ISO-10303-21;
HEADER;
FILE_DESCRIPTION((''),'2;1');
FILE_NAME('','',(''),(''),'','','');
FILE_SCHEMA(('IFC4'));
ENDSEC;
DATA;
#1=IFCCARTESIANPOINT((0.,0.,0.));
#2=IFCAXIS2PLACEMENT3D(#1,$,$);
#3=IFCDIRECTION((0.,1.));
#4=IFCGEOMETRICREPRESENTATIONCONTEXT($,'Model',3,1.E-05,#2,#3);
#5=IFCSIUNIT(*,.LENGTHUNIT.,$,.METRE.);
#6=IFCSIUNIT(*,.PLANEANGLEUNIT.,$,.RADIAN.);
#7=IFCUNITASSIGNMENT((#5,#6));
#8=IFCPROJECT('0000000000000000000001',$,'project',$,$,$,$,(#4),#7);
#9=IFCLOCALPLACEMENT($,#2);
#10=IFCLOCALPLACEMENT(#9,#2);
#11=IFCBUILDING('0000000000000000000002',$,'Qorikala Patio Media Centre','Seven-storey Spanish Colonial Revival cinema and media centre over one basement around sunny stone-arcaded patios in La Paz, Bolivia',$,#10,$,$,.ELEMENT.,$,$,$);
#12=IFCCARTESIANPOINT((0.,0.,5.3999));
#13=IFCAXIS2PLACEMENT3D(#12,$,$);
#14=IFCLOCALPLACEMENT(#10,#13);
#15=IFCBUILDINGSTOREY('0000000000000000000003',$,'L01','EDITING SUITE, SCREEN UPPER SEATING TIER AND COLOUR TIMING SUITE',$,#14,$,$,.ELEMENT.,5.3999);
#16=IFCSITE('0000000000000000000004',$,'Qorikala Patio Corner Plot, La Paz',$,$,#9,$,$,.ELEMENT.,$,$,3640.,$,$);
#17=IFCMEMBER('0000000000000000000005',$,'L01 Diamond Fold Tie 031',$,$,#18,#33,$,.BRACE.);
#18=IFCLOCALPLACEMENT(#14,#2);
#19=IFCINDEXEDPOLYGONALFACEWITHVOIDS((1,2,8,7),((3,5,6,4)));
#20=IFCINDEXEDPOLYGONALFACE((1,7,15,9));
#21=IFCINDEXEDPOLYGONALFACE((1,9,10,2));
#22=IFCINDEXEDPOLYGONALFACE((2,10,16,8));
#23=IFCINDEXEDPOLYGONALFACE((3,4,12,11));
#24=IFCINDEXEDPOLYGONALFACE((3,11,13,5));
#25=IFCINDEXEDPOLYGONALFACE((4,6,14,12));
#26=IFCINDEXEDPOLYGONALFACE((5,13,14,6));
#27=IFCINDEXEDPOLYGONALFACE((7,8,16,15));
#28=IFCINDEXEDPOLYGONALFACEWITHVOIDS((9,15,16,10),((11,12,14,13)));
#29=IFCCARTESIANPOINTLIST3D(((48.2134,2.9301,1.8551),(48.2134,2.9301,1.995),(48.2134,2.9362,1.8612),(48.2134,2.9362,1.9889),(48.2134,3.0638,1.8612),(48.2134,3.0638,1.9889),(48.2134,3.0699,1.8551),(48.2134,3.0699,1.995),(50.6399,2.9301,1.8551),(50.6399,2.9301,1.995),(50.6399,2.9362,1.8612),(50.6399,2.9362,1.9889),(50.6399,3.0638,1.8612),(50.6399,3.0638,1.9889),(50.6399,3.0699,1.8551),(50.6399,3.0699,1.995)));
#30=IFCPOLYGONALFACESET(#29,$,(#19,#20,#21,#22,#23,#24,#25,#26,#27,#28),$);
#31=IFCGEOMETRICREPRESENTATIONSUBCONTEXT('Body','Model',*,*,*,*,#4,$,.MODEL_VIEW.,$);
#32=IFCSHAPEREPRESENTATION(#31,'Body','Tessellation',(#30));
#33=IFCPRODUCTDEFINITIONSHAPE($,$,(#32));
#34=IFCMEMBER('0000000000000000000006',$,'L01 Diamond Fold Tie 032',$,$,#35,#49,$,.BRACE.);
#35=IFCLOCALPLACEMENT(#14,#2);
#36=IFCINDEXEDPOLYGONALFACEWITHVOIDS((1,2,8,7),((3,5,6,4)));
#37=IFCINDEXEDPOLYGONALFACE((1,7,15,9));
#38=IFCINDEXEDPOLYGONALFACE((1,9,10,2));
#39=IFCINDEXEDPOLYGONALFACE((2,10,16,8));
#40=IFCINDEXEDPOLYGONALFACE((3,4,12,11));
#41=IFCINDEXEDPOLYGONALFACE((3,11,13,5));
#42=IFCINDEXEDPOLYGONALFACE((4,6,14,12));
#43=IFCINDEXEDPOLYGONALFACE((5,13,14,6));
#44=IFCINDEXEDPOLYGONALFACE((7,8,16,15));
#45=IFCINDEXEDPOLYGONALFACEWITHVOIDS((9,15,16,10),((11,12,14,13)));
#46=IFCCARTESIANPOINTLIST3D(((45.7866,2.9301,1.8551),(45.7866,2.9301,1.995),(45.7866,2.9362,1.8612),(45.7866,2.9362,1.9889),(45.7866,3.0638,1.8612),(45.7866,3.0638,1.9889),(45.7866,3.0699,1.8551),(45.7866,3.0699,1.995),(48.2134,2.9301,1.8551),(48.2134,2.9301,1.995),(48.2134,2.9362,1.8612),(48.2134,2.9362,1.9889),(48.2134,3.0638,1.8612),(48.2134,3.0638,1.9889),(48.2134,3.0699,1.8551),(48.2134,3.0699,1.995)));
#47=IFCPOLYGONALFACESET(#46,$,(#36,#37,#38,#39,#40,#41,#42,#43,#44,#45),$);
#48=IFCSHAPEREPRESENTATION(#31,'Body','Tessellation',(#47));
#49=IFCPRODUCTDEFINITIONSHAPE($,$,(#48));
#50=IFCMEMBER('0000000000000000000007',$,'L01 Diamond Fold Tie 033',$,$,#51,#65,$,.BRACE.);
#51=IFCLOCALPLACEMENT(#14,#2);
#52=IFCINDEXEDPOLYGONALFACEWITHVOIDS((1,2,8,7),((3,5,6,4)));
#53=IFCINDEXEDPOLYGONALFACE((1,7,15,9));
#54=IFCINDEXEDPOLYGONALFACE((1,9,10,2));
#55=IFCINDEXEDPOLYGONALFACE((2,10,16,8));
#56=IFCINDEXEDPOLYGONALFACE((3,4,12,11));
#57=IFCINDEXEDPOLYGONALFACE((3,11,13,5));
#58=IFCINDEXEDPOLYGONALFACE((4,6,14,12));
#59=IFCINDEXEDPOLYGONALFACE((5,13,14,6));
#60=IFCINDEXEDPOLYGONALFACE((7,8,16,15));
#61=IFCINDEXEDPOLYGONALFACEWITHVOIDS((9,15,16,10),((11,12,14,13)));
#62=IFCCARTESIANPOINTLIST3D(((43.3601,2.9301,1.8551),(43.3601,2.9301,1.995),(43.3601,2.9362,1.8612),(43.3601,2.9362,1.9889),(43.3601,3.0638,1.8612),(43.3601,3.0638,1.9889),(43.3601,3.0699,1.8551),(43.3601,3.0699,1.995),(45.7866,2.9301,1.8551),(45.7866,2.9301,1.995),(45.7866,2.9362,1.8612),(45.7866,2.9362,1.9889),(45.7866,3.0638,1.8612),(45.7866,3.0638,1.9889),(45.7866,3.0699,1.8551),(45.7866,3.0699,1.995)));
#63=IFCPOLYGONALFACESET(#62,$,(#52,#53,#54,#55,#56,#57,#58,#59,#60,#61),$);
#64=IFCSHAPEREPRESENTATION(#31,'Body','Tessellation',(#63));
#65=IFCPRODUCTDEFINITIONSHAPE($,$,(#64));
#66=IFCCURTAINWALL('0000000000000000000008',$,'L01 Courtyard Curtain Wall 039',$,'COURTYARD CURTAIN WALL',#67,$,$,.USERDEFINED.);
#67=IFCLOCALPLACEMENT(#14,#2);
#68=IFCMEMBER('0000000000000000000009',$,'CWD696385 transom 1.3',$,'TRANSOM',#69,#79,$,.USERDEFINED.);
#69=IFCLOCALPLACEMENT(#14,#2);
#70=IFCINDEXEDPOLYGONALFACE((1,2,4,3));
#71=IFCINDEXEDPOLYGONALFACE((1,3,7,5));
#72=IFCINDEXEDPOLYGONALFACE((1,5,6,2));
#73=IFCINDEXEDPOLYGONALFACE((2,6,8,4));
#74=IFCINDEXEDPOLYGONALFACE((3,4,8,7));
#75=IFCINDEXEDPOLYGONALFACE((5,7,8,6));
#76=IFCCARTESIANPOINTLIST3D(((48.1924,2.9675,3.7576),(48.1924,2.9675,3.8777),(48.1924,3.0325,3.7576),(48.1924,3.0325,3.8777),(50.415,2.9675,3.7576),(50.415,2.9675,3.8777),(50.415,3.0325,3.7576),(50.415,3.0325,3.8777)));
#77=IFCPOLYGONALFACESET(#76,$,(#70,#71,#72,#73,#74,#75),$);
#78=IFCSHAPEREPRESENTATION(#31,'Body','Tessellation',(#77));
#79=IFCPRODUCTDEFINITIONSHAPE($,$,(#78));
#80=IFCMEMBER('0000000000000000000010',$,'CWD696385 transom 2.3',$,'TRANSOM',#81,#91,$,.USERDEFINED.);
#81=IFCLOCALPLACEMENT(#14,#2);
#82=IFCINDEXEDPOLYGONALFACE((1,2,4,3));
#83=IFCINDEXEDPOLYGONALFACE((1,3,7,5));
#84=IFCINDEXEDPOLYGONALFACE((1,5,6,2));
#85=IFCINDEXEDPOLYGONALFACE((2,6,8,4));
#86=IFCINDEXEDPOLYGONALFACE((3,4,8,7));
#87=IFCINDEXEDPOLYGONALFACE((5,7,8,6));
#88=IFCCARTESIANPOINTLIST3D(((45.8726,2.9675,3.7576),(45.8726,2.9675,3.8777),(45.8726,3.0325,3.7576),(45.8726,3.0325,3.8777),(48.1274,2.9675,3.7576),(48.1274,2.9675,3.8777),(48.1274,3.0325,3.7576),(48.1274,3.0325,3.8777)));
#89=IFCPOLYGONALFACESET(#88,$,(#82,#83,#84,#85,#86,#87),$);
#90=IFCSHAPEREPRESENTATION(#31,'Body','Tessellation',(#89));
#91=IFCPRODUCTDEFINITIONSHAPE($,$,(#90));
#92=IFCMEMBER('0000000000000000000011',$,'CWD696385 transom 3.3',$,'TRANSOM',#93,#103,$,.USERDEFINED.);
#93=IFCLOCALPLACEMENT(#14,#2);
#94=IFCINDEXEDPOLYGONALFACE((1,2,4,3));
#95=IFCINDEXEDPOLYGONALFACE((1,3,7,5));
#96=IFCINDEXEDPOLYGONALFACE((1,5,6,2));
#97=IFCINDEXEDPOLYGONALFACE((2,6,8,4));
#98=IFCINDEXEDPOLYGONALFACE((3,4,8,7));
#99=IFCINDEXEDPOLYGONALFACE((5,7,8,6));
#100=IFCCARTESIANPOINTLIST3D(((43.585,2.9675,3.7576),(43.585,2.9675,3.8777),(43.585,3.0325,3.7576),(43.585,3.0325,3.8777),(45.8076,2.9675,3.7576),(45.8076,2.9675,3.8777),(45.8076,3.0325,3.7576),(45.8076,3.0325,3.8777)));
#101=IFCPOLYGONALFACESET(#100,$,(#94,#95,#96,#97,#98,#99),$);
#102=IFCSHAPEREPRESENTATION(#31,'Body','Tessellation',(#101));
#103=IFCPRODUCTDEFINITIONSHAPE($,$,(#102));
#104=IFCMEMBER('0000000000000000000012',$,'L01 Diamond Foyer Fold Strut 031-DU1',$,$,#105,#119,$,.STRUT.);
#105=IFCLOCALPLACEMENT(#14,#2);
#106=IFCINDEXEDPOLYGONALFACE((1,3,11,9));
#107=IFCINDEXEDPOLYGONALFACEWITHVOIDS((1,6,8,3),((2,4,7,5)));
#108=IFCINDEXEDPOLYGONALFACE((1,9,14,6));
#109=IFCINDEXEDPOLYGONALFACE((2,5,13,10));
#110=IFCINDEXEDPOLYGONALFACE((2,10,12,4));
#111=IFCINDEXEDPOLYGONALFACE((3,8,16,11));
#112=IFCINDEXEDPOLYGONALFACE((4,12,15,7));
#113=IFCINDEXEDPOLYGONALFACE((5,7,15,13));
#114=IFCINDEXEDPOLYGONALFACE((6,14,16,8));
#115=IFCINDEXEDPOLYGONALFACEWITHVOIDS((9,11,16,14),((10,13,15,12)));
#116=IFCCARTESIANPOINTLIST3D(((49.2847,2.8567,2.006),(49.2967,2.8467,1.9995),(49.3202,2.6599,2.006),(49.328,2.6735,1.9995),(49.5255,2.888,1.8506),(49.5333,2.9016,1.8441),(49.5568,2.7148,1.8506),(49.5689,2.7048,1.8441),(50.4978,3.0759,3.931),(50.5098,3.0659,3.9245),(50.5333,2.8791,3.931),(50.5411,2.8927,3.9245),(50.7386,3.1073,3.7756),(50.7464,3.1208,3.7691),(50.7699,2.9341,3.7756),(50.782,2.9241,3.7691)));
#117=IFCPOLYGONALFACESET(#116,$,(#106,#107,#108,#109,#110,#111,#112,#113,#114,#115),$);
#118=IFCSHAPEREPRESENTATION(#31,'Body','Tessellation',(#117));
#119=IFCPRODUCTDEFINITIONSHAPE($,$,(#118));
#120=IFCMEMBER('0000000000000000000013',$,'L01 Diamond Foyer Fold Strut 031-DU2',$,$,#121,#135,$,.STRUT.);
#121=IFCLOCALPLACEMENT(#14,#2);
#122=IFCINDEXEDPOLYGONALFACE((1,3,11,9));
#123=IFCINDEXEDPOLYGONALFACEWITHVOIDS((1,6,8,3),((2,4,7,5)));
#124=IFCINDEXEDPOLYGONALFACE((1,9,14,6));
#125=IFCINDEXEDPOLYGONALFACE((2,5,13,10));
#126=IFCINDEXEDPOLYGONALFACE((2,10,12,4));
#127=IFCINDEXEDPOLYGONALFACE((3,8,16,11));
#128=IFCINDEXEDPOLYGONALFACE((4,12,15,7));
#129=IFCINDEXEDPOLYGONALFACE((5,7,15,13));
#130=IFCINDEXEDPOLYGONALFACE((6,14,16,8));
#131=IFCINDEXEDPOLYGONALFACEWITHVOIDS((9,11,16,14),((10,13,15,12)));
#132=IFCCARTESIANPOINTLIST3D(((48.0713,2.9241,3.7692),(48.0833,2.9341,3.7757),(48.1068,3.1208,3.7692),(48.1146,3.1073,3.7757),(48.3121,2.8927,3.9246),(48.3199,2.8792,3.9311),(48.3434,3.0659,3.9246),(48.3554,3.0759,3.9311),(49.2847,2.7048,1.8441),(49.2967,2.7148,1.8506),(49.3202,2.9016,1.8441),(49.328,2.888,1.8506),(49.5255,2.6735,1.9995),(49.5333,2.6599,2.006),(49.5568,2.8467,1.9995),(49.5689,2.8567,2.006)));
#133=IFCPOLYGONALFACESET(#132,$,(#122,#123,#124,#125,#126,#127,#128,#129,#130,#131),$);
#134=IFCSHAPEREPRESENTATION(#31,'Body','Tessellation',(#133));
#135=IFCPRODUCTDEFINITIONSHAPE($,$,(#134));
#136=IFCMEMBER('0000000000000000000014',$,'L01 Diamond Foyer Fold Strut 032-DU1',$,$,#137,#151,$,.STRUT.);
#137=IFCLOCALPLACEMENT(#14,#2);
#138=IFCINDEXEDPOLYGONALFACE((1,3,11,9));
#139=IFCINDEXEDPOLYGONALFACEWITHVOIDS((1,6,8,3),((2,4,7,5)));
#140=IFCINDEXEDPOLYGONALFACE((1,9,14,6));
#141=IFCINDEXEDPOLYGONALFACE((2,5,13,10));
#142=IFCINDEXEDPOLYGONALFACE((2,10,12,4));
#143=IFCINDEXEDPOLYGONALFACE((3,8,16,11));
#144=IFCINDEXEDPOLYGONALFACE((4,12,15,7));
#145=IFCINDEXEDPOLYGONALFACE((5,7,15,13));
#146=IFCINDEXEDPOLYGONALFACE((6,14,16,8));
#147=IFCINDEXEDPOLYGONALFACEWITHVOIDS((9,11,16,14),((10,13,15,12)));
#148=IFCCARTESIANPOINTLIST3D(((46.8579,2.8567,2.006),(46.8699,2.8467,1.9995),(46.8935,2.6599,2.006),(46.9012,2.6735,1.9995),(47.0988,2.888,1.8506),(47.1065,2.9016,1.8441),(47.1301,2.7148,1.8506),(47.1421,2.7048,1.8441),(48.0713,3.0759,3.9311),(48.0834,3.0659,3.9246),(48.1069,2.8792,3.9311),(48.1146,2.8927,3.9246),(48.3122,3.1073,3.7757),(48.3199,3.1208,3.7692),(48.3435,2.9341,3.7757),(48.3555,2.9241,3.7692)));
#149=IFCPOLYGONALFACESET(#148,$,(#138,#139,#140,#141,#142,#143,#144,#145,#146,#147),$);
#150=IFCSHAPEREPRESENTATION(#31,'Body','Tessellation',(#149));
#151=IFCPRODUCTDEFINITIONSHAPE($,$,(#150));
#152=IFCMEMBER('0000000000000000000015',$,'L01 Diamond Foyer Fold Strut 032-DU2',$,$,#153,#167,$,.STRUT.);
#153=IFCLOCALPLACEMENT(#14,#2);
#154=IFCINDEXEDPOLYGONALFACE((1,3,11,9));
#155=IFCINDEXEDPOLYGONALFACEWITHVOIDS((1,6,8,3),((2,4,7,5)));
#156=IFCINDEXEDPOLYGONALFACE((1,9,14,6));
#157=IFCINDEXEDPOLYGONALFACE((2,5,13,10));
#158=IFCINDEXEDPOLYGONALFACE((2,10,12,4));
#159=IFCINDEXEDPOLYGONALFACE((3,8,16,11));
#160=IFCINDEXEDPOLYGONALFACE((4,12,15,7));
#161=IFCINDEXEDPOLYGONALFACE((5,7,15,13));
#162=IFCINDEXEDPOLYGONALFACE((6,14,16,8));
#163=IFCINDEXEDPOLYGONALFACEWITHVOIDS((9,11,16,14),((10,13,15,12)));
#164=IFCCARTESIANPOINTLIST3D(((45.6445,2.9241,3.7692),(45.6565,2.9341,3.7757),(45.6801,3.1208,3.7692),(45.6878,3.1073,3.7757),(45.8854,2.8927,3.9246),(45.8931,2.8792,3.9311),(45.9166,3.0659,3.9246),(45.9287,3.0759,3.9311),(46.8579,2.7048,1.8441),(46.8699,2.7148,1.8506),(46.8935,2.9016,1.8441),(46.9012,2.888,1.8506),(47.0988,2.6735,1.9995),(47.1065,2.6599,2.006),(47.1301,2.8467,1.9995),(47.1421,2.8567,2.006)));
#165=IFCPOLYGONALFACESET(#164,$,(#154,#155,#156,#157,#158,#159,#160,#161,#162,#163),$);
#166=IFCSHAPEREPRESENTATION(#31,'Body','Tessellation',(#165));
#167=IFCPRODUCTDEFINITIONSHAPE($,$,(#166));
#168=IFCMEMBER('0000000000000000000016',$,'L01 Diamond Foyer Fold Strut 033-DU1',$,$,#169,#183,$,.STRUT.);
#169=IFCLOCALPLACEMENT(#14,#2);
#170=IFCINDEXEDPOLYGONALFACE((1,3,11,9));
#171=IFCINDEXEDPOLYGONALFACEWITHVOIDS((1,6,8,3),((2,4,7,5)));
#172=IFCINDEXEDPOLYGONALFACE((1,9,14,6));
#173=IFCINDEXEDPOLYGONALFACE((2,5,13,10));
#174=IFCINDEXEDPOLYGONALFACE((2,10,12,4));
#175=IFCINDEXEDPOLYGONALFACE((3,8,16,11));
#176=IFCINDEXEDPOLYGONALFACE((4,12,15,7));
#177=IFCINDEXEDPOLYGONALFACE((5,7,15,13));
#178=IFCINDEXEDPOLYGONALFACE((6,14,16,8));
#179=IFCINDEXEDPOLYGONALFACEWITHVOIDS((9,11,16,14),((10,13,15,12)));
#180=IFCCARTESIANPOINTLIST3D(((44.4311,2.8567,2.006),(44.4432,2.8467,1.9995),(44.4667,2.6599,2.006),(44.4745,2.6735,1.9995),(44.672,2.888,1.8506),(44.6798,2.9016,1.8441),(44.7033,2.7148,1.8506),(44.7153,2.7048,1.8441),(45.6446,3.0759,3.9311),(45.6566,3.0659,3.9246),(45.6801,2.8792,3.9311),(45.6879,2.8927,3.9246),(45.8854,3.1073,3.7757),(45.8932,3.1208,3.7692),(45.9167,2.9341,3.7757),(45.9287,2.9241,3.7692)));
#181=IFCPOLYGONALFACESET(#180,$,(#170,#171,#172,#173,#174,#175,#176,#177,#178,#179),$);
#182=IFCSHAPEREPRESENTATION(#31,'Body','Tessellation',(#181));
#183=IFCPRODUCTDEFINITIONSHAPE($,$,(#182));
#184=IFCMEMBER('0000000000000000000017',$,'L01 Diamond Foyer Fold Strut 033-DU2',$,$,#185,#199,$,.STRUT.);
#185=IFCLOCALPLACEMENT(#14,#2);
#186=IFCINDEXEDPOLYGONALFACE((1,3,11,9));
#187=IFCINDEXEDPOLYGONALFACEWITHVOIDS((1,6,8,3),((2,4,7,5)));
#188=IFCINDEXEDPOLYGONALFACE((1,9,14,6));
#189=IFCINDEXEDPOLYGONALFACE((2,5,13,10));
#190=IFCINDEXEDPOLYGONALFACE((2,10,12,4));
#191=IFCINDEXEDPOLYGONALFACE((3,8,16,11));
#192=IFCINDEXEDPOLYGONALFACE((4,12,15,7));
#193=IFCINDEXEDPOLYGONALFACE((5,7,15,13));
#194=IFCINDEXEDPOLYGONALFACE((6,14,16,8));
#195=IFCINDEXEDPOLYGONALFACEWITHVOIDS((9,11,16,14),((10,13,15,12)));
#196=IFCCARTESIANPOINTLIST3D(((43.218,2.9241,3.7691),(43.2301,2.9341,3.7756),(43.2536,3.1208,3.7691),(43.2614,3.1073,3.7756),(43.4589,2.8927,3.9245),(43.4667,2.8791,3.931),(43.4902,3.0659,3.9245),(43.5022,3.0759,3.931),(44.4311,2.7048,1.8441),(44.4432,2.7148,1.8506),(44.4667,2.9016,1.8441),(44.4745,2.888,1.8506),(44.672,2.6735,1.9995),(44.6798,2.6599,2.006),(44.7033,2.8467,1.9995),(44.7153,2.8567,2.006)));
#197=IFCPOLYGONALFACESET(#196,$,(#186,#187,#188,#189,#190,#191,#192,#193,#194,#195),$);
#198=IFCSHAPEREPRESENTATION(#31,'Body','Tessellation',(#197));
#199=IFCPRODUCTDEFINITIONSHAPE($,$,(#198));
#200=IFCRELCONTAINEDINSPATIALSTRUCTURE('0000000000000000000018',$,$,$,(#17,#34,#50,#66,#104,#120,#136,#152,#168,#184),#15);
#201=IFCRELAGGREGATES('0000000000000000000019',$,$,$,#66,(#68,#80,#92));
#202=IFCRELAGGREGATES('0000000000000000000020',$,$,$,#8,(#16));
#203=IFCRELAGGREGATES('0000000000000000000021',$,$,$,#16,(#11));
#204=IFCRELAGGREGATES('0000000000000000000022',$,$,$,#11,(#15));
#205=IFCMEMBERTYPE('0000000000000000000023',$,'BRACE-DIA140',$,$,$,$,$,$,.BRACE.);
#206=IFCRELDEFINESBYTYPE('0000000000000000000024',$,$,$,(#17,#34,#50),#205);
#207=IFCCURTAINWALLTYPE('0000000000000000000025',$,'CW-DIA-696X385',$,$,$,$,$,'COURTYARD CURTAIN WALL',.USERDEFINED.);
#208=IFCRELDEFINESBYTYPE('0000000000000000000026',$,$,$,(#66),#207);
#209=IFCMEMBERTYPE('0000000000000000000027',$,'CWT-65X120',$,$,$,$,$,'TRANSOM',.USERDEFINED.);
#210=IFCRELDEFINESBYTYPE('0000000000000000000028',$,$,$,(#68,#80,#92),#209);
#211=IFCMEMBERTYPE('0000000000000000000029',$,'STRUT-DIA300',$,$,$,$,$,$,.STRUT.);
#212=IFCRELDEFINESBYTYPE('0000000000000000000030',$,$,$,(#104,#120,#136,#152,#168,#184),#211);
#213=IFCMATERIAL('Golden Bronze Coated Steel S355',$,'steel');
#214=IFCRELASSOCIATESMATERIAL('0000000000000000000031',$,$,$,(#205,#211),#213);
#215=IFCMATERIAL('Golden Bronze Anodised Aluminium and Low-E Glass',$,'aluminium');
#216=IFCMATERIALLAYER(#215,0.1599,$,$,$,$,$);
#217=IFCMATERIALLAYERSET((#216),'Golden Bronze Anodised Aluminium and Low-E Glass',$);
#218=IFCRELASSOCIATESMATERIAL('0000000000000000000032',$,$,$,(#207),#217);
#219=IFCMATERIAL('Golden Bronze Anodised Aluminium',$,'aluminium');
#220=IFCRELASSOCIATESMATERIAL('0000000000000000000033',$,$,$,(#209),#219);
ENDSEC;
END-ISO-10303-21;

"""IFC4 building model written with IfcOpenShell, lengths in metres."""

from ifc_helpers import new_model, si_unit, direction, frame, origin, origin_2d, place, context, subcontext, project, spatial, rectangle, hollow_rectangle, extrude, material, layer, layer_set, material_profile, profile_set, type_object, element, aggregate, save


model = new_model("IFC4")

# Units and contexts
model_context = context("Model", 3, precision=1e-05, world=origin(), true_north=direction((0.0, 1.0)))
body_context = subcontext(model_context, "Body", "Model", "MODEL_VIEW")
ifc_project = project(units=[si_unit("LENGTHUNIT", "METRE"), si_unit("PLANEANGLEUNIT", "RADIAN")], contexts=[model_context])

# Site, building, storey
site_placement = place(None, origin())
site = spatial("IfcSite", under=ifc_project, at=site_placement, Name="Qorikala Patio Corner Plot, La Paz", CompositionType="ELEMENT", RefElevation=3640.0)
building_placement = place(site_placement, origin())
building = spatial("IfcBuilding", under=site, at=building_placement, Name="Qorikala Patio Media Centre", Description="Seven-storey Spanish Colonial Revival cinema and media centre over one basement around sunny stone-arcaded patios in La Paz, Bolivia", CompositionType="ELEMENT")
storey_placement = place(building_placement, frame((0.0, 0.0, 5.3999)))
storey = spatial("IfcBuildingStorey", under=building, at=storey_placement, Name="L01", Description="EDITING SUITE, SCREEN UPPER SEATING TIER AND COLOUR TIMING SUITE", CompositionType="ELEMENT", Elevation=5.3999)

# Members
ifc_material_1 = material(Name="Golden Bronze Coated Steel S355", Category="steel")
ifc_material_profile_1 = material_profile(ifc_material_1, hollow_rectangle(XDim=0.1399, YDim=0.1399, WallThickness=0.0061, at=origin_2d()), Name="HSS140X140X6")
ifc_profile_set_1 = profile_set([ifc_material_profile_1], Name="Golden Bronze Coated Steel S355")
member_type_1 = type_object("IfcMemberType", Name="BRACE-DIA140", PredefinedType="BRACE", material=ifc_profile_set_1)
member_1_placement = place(storey_placement, frame((50.6399, 3.0, 1.925), z_axis=(-1.0, 0.0, 0.0), x_axis=(0.0, -1.0, 0.0)))
element("IfcMember", 1, at=member_1_placement, inside=storey, type_object=member_type_1, Name="L01 Diamond Fold Tie 031", PredefinedType="BRACE", context=body_context, shape_type="SweptSolid", body=[
    extrude(hollow_rectangle(XDim=0.1399, YDim=0.1399, WallThickness=0.0061, at=origin_2d()), origin(), (0.0, 0.0, 1.0), 2.4265),
])
member_2_placement = place(storey_placement, frame((48.2134, 3.0, 1.925), z_axis=(-1.0, 0.0, 0.0), x_axis=(0.0, -1.0, 0.0)))
element("IfcMember", 2, at=member_2_placement, inside=storey, type_object=member_type_1, Name="L01 Diamond Fold Tie 032", PredefinedType="BRACE", context=body_context, shape_type="SweptSolid", body=[
    extrude(hollow_rectangle(XDim=0.1399, YDim=0.1399, WallThickness=0.0061, at=origin_2d()), origin(), (0.0, 0.0, 1.0), 2.4268),
])
member_3_placement = place(storey_placement, frame((45.7866, 3.0, 1.925), z_axis=(-1.0, 0.0, 0.0), x_axis=(0.0, -1.0, 0.0)))
element("IfcMember", 3, at=member_3_placement, inside=storey, type_object=member_type_1, Name="L01 Diamond Fold Tie 033", PredefinedType="BRACE", context=body_context, shape_type="SweptSolid", body=[
    extrude(hollow_rectangle(XDim=0.1399, YDim=0.1399, WallThickness=0.0061, at=origin_2d()), origin(), (0.0, 0.0, 1.0), 2.4265),
])

# Curtain wall, members
ifc_material_2 = material(Name="Golden Bronze Anodised Aluminium and Low-E Glass", Category="aluminium")
ifc_layer_1 = layer(ifc_material_2, 0.1599)
ifc_layer_set_1 = layer_set([ifc_layer_1], Name="Golden Bronze Anodised Aluminium and Low-E Glass")
curtain_wall_type = type_object("IfcCurtainWallType", Name="CW-DIA-696X385", ElementType="COURTYARD CURTAIN WALL", PredefinedType="USERDEFINED", material=ifc_layer_set_1)
curtain_wall_placement = place(storey_placement, origin())
curtain_wall = element("IfcCurtainWall", 4, at=curtain_wall_placement, inside=storey, type_object=curtain_wall_type, Name="L01 Courtyard Curtain Wall 039", ObjectType="COURTYARD CURTAIN WALL", PredefinedType="USERDEFINED")
ifc_material_3 = material(Name="Golden Bronze Anodised Aluminium", Category="aluminium")
ifc_material_profile_2 = material_profile(ifc_material_3, rectangle(XDim=0.0649, YDim=0.1201, at=origin_2d()), Name="ALU TRANSOM 65x120")
ifc_profile_set_2 = profile_set([ifc_material_profile_2], Name="Golden Bronze Anodised Aluminium")
member_type_2 = type_object("IfcMemberType", Name="CWT-65X120", ElementType="TRANSOM", PredefinedType="USERDEFINED", material=ifc_profile_set_2)
member_4_placement = place(storey_placement, frame((50.415, 3.0, 3.8176), z_axis=(-1.0, 0.0, 0.0), x_axis=(0.0, -1.0, 0.0)))
member_4 = element("IfcMember", 5, at=member_4_placement, type_object=member_type_2, Name="CWD696385 transom 1.3", ObjectType="TRANSOM", PredefinedType="USERDEFINED", context=body_context, shape_type="SweptSolid", body=[
    extrude(rectangle(XDim=0.0649, YDim=0.1201, at=origin_2d()), origin(), (0.0, 0.0, 1.0), 2.2227),
])
member_5_placement = place(storey_placement, frame((48.1274, 3.0, 3.8176), z_axis=(-1.0, 0.0, 0.0), x_axis=(0.0, -1.0, 0.0)))
member_5 = element("IfcMember", 6, at=member_5_placement, type_object=member_type_2, Name="CWD696385 transom 2.3", ObjectType="TRANSOM", PredefinedType="USERDEFINED", context=body_context, shape_type="SweptSolid", body=[
    extrude(rectangle(XDim=0.0649, YDim=0.1201, at=origin_2d()), origin(), (0.0, 0.0, 1.0), 2.2549),
])
member_6_placement = place(storey_placement, frame((45.8076, 3.0, 3.8176), z_axis=(-1.0, 0.0, 0.0), x_axis=(0.0, -1.0, 0.0)))
member_6 = element("IfcMember", 7, at=member_6_placement, type_object=member_type_2, Name="CWD696385 transom 3.3", ObjectType="TRANSOM", PredefinedType="USERDEFINED", context=body_context, shape_type="SweptSolid", body=[
    extrude(rectangle(XDim=0.0649, YDim=0.1201, at=origin_2d()), origin(), (0.0, 0.0, 1.0), 2.2227),
])

# Members
ifc_material_profile_3 = material_profile(ifc_material_1, hollow_rectangle(XDim=0.2, YDim=0.3, WallThickness=0.012, at=origin_2d()), Name="HSS300X200X12")
ifc_profile_set_3 = profile_set([ifc_material_profile_3], Name="Golden Bronze Coated Steel S355")
member_type_3 = type_object("IfcMemberType", Name="STRUT-DIA300", PredefinedType="STRUT", material=ifc_profile_set_3)
member_7_placement = place(storey_placement, frame((49.4268, 2.7808, 1.925), z_axis=(0.530691, 0.095907, 0.842121), x_axis=(-0.17784, 0.984059, 0.0)))
element("IfcMember", 8, at=member_7_placement, inside=storey, type_object=member_type_3, Name="L01 Diamond Foyer Fold Strut 031-DU1", PredefinedType="STRUT", context=body_context, shape_type="SweptSolid", body=[
    extrude(hollow_rectangle(XDim=0.2, YDim=0.3, WallThickness=0.012, at=origin_2d()), origin(), (0.0, 0.0, 1.0), 2.2859),
])
for number, where, z_axis, x_axis, name in (
    (9, (49.4268, 2.7808, 1.925), (-0.530768, 0.095901, 0.842074), (-0.177805, -0.984066, 0.0), "L01 Diamond Foyer Fold Strut 031-DU2"),
    (10, (47.0, 2.7808, 1.925), (0.530768, 0.095901, 0.842074), (-0.177805, 0.984066, 0.0), "L01 Diamond Foyer Fold Strut 032-DU1"),
    (11, (47.0, 2.7808, 1.925), (-0.530768, 0.095901, 0.842074), (-0.177805, -0.984066, 0.0), "L01 Diamond Foyer Fold Strut 032-DU2"),
    (12, (44.5732, 2.7808, 1.925), (0.530768, 0.095901, 0.842074), (-0.177805, 0.984066, 0.0), "L01 Diamond Foyer Fold Strut 033-DU1"),
):
    element("IfcMember", number, at=place(storey_placement, frame(where, z_axis=z_axis, x_axis=x_axis)), inside=storey, type_object=member_type_3, Name=name, PredefinedType="STRUT", context=body_context, shape_type="SweptSolid", body=[
        extrude(hollow_rectangle(XDim=0.2, YDim=0.3, WallThickness=0.012, at=origin_2d()), origin(), (0.0, 0.0, 1.0), 2.2861),
    ])
member_8_placement = place(storey_placement, frame((44.5732, 2.7808, 1.925), z_axis=(-0.530691, 0.095907, 0.842121), x_axis=(-0.17784, -0.984059, 0.0)))
element("IfcMember", 13, at=member_8_placement, inside=storey, type_object=member_type_3, Name="L01 Diamond Foyer Fold Strut 033-DU2", PredefinedType="STRUT", context=body_context, shape_type="SweptSolid", body=[
    extrude(hollow_rectangle(XDim=0.2, YDim=0.3, WallThickness=0.012, at=origin_2d()), origin(), (0.0, 0.0, 1.0), 2.2859),
])

aggregate(curtain_wall, [member_4, member_5, member_6])

save(model, "model.ifc")
